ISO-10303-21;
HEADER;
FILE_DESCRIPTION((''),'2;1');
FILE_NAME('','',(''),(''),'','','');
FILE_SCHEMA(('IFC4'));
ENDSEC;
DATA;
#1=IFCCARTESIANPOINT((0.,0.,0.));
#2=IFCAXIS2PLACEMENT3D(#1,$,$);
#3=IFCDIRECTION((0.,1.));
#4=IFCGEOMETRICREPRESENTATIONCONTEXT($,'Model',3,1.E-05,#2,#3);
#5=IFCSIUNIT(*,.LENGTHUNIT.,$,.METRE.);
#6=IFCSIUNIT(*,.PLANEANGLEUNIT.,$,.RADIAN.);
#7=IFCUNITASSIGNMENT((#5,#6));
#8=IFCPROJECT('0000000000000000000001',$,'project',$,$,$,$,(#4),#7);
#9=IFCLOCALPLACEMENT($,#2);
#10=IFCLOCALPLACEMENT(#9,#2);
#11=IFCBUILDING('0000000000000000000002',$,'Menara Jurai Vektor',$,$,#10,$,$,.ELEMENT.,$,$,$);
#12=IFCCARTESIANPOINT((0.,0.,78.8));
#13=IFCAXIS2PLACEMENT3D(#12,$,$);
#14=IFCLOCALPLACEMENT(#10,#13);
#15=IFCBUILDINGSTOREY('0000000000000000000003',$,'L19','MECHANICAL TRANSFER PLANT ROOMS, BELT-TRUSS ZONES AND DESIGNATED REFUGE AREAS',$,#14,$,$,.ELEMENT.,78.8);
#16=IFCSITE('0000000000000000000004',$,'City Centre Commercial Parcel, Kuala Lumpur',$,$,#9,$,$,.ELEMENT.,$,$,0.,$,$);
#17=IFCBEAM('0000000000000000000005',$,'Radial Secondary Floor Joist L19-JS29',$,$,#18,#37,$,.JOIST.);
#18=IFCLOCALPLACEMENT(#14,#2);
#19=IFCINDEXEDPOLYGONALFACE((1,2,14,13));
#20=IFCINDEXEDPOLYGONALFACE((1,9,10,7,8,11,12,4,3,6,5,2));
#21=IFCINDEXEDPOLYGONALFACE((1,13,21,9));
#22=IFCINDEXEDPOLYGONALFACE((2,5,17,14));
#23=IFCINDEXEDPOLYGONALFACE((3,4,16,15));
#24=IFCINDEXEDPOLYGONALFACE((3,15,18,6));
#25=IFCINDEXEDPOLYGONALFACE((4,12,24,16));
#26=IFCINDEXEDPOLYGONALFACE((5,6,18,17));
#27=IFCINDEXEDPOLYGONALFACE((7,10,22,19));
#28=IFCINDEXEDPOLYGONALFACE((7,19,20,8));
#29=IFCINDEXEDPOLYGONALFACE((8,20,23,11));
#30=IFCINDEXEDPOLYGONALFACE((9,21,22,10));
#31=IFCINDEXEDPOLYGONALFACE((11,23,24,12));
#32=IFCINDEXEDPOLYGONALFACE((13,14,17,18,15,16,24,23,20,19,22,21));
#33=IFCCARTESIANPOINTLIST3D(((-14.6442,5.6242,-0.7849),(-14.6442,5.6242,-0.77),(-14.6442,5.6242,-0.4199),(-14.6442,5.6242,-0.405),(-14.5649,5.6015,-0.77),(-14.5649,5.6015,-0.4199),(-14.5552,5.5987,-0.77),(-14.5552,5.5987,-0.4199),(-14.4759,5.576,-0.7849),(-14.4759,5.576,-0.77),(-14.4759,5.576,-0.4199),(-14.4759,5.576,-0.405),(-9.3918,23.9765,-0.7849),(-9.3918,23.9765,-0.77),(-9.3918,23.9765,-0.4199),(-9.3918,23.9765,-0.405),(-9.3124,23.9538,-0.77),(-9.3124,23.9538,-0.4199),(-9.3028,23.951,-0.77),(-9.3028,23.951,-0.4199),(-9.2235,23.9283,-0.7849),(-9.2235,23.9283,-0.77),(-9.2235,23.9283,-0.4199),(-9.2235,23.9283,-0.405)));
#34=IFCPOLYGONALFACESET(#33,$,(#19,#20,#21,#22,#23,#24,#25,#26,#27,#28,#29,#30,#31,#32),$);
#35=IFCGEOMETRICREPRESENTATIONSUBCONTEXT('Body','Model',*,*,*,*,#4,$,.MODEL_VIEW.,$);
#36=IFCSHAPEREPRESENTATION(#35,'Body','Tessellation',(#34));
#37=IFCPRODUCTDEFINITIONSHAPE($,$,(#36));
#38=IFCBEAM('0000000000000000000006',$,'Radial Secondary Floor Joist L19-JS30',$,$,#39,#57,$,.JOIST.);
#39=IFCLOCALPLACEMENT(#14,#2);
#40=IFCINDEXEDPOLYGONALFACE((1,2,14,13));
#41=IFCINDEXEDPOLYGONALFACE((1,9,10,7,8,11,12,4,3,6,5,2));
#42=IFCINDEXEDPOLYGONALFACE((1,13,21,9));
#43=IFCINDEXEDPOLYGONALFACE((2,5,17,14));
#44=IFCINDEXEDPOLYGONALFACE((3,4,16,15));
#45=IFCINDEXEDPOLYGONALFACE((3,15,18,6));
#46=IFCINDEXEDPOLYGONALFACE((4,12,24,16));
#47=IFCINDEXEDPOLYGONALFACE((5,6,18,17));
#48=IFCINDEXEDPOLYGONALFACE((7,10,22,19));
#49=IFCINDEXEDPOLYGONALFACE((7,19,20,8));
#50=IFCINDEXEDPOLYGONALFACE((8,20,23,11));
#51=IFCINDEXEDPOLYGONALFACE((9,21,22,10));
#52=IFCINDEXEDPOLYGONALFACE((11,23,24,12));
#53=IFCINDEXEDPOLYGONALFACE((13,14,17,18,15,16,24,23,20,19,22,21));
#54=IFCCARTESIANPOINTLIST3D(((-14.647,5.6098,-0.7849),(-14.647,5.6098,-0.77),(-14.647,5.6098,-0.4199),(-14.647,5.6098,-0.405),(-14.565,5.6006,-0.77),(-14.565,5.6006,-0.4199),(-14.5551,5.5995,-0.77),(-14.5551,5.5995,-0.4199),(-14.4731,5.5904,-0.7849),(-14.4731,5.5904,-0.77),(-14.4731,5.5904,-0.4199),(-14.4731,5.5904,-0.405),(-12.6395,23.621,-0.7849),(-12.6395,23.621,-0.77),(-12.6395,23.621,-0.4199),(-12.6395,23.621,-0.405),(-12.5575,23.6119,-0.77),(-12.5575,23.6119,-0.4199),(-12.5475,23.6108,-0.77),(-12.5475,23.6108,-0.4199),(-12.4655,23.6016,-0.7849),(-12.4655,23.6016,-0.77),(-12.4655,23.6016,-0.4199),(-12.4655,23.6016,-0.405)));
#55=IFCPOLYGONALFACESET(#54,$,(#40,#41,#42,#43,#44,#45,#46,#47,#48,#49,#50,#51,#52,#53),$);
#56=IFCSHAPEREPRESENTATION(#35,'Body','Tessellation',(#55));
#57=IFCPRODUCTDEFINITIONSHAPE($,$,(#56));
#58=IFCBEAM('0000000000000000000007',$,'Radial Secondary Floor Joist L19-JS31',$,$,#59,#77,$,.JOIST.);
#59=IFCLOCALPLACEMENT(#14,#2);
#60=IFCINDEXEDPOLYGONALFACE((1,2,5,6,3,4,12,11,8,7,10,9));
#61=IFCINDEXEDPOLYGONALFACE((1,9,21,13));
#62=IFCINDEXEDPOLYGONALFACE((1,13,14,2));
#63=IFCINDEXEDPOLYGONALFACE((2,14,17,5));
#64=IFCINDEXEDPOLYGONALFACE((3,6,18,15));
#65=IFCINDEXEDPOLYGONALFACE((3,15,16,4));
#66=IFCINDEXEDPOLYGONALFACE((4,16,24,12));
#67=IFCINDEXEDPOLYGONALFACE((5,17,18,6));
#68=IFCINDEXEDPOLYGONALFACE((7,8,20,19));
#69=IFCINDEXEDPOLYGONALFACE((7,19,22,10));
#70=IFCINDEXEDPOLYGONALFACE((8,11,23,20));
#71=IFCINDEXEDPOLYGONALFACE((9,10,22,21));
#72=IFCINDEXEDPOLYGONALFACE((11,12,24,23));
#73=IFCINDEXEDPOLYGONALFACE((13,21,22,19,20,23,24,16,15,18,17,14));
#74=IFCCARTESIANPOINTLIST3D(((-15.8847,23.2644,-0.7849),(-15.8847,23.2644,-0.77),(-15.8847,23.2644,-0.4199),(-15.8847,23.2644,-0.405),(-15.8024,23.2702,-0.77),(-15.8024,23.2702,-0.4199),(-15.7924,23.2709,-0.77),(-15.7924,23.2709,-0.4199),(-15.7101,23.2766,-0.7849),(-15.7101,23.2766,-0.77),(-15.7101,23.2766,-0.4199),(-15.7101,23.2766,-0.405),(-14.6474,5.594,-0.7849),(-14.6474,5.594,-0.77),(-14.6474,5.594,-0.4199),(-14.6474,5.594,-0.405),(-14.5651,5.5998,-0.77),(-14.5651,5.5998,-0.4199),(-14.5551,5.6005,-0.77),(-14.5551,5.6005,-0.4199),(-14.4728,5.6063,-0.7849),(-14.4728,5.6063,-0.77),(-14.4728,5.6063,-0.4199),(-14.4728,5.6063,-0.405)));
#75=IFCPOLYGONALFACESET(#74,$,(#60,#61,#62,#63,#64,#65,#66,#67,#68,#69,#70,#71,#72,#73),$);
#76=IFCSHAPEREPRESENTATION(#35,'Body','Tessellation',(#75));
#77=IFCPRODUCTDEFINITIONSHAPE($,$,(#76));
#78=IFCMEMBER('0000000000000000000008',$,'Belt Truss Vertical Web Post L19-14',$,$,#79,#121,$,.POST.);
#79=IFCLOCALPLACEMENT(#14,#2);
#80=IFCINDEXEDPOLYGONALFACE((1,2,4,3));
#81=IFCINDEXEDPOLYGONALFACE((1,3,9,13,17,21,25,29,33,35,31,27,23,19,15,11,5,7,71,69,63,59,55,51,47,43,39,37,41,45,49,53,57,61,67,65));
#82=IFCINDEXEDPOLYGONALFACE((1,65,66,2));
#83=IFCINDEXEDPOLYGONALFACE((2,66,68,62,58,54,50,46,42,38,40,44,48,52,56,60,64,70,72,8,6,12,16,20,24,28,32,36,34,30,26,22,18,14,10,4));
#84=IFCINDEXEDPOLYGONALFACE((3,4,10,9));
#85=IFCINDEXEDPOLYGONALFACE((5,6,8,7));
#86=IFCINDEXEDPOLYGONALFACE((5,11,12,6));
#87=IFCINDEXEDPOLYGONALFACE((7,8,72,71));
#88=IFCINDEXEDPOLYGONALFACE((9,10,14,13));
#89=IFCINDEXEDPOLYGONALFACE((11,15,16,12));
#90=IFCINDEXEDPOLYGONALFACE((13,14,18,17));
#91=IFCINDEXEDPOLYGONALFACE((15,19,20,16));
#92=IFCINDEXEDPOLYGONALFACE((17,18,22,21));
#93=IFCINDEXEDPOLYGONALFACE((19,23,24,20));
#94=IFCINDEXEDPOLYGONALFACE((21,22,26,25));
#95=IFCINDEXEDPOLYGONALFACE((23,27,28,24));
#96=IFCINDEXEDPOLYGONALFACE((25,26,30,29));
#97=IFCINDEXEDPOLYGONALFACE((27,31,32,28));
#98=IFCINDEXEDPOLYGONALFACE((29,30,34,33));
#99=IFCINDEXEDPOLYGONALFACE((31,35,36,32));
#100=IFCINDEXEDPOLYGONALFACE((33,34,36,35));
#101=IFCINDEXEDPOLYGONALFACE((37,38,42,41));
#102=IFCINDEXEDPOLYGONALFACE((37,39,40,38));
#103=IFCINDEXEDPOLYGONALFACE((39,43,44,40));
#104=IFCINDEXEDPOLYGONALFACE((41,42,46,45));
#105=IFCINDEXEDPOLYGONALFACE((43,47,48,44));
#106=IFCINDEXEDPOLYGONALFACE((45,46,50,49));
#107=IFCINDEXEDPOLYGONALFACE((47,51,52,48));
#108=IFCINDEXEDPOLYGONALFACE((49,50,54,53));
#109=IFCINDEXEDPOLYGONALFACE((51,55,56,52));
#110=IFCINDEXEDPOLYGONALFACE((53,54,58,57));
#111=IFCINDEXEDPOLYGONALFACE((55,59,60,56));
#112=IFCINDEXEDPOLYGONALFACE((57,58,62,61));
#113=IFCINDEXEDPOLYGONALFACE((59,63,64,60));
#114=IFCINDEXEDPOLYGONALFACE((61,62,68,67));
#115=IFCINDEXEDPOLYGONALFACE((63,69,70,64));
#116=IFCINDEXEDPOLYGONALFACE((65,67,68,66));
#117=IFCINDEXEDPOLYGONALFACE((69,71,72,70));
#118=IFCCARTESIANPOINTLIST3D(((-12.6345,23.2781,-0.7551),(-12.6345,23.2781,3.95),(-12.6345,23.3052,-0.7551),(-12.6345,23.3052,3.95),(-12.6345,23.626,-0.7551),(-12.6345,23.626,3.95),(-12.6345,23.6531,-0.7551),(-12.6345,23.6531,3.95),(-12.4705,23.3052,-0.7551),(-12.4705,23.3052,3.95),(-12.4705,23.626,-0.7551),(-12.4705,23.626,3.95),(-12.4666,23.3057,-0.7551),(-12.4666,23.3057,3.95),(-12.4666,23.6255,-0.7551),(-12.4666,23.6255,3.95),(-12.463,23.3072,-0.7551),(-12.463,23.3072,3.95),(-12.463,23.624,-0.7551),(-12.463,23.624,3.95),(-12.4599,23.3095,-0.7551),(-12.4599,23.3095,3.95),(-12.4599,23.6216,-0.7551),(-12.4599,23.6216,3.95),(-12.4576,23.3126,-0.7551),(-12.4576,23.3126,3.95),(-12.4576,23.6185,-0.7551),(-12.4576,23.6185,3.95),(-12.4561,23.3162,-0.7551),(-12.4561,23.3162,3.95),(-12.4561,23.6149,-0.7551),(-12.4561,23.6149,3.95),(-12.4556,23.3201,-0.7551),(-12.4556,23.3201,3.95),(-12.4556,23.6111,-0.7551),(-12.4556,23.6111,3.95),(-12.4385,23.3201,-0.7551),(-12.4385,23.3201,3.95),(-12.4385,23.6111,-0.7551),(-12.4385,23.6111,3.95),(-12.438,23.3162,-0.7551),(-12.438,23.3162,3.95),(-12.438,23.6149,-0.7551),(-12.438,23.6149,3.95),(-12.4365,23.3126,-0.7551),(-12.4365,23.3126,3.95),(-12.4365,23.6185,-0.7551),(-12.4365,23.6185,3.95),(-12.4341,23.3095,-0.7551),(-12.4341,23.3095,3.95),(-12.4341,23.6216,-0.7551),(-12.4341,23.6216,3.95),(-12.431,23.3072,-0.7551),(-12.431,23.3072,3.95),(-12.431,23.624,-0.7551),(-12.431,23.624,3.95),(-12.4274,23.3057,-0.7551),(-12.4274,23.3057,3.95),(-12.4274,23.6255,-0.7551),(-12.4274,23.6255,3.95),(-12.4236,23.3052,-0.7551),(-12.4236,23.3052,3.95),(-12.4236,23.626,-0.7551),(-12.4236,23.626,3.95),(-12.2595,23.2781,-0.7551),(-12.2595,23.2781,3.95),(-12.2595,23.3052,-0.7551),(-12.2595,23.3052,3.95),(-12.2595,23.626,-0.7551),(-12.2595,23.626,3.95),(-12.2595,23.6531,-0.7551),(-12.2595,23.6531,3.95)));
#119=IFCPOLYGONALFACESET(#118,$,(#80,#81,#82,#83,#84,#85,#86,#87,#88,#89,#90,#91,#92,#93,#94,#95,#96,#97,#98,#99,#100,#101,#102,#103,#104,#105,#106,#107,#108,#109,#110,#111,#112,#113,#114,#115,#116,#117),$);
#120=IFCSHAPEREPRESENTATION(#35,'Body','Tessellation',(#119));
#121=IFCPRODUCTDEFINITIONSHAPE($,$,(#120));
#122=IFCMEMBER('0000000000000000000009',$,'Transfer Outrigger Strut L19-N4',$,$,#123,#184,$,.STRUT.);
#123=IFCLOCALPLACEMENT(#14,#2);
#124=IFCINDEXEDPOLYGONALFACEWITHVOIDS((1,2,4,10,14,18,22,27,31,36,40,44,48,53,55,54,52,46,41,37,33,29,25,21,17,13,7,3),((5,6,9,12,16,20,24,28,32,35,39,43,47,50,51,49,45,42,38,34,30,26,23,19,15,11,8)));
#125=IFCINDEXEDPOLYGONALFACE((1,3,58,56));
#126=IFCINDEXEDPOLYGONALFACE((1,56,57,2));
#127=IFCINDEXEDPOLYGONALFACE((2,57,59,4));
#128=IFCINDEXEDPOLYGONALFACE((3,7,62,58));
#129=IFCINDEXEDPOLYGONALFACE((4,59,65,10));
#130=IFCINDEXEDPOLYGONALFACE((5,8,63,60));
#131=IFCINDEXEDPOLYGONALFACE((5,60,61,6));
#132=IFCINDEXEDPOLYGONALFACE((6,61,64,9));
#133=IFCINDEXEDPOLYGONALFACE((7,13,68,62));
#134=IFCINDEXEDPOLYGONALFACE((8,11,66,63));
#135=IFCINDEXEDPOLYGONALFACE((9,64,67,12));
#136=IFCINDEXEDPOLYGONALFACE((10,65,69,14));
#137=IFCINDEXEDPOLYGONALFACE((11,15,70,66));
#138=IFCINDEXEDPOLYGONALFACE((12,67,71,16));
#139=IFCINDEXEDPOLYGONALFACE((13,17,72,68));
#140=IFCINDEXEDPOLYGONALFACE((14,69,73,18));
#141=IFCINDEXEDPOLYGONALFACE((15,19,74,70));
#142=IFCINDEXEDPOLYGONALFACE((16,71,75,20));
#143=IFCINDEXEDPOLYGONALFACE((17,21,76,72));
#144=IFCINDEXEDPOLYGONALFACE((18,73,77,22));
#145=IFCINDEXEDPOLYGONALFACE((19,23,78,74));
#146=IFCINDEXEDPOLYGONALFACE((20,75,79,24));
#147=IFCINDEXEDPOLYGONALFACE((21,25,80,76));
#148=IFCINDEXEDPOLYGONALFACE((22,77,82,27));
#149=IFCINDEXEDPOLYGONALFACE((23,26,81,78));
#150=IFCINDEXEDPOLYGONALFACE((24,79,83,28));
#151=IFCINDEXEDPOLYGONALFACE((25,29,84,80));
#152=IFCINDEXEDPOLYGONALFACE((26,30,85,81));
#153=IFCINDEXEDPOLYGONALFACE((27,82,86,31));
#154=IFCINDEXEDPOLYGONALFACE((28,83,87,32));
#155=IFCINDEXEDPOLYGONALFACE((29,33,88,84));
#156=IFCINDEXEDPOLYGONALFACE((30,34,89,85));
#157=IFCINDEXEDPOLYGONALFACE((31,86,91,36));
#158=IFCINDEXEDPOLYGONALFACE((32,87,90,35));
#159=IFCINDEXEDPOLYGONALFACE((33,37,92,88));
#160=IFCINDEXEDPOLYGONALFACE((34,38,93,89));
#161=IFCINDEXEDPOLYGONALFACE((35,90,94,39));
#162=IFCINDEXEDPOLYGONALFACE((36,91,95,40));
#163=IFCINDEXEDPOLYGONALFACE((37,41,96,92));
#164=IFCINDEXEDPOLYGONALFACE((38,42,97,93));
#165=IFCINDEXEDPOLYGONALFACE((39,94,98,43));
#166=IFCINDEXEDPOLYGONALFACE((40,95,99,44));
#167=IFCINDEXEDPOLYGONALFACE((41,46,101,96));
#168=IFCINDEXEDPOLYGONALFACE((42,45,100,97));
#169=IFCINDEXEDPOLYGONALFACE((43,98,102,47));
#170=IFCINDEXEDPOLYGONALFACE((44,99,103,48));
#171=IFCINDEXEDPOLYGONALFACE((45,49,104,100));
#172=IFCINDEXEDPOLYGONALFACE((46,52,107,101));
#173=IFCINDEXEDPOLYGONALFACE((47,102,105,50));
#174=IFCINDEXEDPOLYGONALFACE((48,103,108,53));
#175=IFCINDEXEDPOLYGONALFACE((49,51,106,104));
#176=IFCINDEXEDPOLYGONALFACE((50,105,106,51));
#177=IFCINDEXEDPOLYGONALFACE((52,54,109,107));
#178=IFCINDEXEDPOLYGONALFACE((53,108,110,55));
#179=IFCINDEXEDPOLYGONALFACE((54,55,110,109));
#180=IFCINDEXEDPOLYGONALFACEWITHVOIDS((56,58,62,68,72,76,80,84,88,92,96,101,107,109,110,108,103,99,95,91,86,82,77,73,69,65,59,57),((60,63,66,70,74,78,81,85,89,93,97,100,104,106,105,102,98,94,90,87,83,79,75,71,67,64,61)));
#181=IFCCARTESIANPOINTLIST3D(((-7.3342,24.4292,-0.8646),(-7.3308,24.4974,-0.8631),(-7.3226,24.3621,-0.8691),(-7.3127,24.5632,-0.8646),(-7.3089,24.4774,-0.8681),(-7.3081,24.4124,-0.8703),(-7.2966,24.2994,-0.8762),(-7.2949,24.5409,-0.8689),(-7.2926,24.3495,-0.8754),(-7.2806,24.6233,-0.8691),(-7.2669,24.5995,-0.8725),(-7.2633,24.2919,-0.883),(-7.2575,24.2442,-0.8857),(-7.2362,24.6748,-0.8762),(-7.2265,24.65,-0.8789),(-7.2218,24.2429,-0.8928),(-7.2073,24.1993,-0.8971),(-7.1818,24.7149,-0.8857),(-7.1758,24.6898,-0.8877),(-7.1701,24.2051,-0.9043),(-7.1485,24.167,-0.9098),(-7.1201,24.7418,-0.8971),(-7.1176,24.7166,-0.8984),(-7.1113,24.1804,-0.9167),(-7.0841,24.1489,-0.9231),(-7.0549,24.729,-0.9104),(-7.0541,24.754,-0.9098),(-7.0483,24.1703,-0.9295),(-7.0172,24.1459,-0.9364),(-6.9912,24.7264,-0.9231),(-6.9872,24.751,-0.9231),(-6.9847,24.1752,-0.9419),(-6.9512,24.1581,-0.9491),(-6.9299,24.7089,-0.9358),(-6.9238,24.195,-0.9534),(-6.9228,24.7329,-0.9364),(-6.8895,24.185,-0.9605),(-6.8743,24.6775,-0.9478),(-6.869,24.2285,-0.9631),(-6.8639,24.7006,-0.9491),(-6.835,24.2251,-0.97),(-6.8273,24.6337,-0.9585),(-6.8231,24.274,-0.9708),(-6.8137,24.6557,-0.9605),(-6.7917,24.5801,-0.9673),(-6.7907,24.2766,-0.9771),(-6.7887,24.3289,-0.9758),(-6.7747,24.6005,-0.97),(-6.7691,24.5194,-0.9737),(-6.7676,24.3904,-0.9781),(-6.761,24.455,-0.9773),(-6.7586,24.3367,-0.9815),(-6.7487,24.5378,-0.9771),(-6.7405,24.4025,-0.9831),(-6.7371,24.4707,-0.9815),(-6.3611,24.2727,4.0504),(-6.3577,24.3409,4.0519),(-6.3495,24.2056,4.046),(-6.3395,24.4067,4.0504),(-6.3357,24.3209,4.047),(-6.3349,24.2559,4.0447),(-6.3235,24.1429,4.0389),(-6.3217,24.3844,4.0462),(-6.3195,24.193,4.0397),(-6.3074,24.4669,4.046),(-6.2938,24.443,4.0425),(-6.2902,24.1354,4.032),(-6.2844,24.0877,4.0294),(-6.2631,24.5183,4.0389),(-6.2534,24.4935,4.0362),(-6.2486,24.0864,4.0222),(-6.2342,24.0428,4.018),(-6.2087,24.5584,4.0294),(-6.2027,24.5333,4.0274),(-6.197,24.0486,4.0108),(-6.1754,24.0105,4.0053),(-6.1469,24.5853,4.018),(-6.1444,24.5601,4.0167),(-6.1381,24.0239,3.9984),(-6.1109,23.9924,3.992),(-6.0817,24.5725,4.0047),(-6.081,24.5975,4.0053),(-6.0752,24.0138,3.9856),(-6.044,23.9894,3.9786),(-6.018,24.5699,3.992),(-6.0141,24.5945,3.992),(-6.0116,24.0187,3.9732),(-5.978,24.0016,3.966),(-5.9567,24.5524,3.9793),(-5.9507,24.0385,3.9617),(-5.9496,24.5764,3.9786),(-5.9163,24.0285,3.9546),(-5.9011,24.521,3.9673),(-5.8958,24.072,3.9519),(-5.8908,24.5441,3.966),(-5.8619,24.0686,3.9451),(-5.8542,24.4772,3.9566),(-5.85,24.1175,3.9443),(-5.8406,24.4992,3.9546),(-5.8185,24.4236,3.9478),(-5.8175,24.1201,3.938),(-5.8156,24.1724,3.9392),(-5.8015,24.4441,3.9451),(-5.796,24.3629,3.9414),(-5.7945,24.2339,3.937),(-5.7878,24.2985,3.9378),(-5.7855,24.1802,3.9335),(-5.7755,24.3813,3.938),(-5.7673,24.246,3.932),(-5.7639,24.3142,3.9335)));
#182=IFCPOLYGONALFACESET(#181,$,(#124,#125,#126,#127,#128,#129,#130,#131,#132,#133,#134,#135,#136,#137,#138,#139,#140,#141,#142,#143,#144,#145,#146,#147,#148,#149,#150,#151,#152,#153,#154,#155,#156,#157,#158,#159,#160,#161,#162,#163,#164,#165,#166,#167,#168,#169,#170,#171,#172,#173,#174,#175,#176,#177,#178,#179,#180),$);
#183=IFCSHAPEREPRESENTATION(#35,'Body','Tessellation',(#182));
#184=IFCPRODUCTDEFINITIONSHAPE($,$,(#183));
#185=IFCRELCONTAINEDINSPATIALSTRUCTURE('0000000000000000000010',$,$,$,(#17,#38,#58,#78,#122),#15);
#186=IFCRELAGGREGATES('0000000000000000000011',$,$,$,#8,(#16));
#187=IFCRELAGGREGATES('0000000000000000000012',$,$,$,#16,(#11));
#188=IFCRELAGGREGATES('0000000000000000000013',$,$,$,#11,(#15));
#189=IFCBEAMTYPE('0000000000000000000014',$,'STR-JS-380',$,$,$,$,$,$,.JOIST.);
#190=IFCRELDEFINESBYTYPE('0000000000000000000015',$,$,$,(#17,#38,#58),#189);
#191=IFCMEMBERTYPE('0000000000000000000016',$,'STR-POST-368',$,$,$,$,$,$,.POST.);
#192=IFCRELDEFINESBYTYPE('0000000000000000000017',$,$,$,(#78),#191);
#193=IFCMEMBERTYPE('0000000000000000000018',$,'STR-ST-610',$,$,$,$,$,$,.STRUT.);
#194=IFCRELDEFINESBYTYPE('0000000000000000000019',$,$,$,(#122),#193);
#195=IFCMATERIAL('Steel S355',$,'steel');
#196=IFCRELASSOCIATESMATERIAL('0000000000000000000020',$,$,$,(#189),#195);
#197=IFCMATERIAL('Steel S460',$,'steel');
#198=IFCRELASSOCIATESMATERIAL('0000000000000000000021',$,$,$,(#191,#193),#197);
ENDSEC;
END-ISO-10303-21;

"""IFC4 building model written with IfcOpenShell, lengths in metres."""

from ifc_helpers import new_model, si_unit, direction, frame, origin, origin_2d, place, context, subcontext, project, spatial, hollow_circle, i_section, extrude, material, material_profile, profile_set, type_object, element, save


model = new_model("IFC4")

# Units and contexts
model_context = context("Model", 3, precision=1e-05, world=origin(), true_north=direction((0.0, 1.0)))
body_context = subcontext(model_context, "Body", "Model", "MODEL_VIEW")
ifc_project = project(units=[si_unit("LENGTHUNIT", "METRE"), si_unit("PLANEANGLEUNIT", "RADIAN")], contexts=[model_context])

# Site, building, storey
site_placement = place(None, origin())
site = spatial("IfcSite", under=ifc_project, at=site_placement, Name="City Centre Commercial Parcel, Kuala Lumpur", CompositionType="ELEMENT", RefElevation=0.0)
building_placement = place(site_placement, origin())
building = spatial("IfcBuilding", under=site, at=building_placement, Name="Menara Jurai Vektor", CompositionType="ELEMENT")
storey_placement = place(building_placement, frame((0.0, 0.0, 78.8)))
storey = spatial("IfcBuildingStorey", under=building, at=storey_placement, Name="L19", Description="MECHANICAL TRANSFER PLANT ROOMS, BELT-TRUSS ZONES AND DESIGNATED REFUGE AREAS", CompositionType="ELEMENT", Elevation=78.8)

# Shared definitions
ifc_material_1 = material(Name="Steel S355", Category="steel")
ifc_material_2 = material(Name="Steel S460", Category="steel")

# Beams
ifc_material_profile_1 = material_profile(ifc_material_1, i_section(OverallWidth=0.175, OverallDepth=0.3799, WebThickness=0.01, FlangeThickness=0.0149, at=origin_2d()), Name="PG 380x175x58")
ifc_profile_set_1 = profile_set([ifc_material_profile_1], Name="Steel S355")
beam_type_1 = type_object("IfcBeamType", Name="STR-JS-380", PredefinedType="JOIST", material=ifc_profile_set_1)
beam_1_placement = place(storey_placement, frame((-9.3076, 23.9524, -0.595), z_axis=(-0.275154, -0.9614, 0.0), x_axis=(0.9614, -0.275154, 0.0)))
element("IfcBeam", 1, at=beam_1_placement, inside=storey, type_object=beam_type_1, Name="Radial Secondary Floor Joist L19-JS29", PredefinedType="JOIST", context=body_context, shape_type="SweptSolid", body=[
    extrude(i_section(OverallWidth=0.175, OverallDepth=0.3799, WebThickness=0.01, FlangeThickness=0.0149, at=origin_2d()), origin(), (0.0, 0.0, 1.0), 19.0891),
])
beam_2_placement = place(storey_placement, frame((-12.5525, 23.6113, -0.595), z_axis=(-0.110776, -0.993845, 0.0), x_axis=(0.993845, -0.110776, 0.0)))
element("IfcBeam", 2, at=beam_2_placement, inside=storey, type_object=beam_type_1, Name="Radial Secondary Floor Joist L19-JS30", PredefinedType="JOIST", context=body_context, shape_type="SweptSolid", body=[
    extrude(i_section(OverallWidth=0.175, OverallDepth=0.3799, WebThickness=0.01, FlangeThickness=0.0149, at=origin_2d()), origin(), (0.0, 0.0, 1.0), 18.1228),
])
beam_3_placement = place(storey_placement, frame((-15.7974, 23.2705, -0.595), z_axis=(0.06985, -0.997557, 0.0), x_axis=(0.997557, 0.06985, 0.0)))
element("IfcBeam", 3, at=beam_3_placement, inside=storey, type_object=beam_type_1, Name="Radial Secondary Floor Joist L19-JS31", PredefinedType="JOIST", context=body_context, shape_type="SweptSolid", body=[
    extrude(i_section(OverallWidth=0.175, OverallDepth=0.3799, WebThickness=0.01, FlangeThickness=0.0149, at=origin_2d()), origin(), (0.0, 0.0, 1.0), 17.7136),
])

# Members
ifc_material_profile_2 = material_profile(ifc_material_2, i_section(OverallWidth=0.375, OverallDepth=0.375, WebThickness=0.0171, FlangeThickness=0.0271, FilletRadius=0.0149, at=origin_2d()), Name="UKC 356x368x202")
ifc_profile_set_2 = profile_set([ifc_material_profile_2], Name="Steel S460")
member_type_1 = type_object("IfcMemberType", Name="STR-POST-368", PredefinedType="POST", material=ifc_profile_set_2)
member_1_placement = place(storey_placement, frame((-12.447, 23.4656, -0.7551), z_axis=(0.0, 0.0, 1.0), x_axis=(1.0, 0.0, 0.0)))
element("IfcMember", 4, at=member_1_placement, inside=storey, type_object=member_type_1, Name="Belt Truss Vertical Web Post L19-14", PredefinedType="POST", context=body_context, shape_type="SweptSolid", body=[
    extrude(i_section(OverallWidth=0.375, OverallDepth=0.375, WebThickness=0.0171, FlangeThickness=0.0271, FilletRadius=0.0149, at=origin_2d()), origin(), (0.0, 0.0, 1.0), 4.7051),
])
ifc_material_profile_3 = material_profile(ifc_material_2, hollow_circle(Radius=0.3049, WallThickness=0.0249, at=origin_2d()), Name="CHS 610x25")
ifc_profile_set_3 = profile_set([ifc_material_profile_3], Name="Steel S460")
member_type_2 = type_object("IfcMemberType", Name="STR-ST-610", PredefinedType="STRUT", material=ifc_profile_set_3)
member_2_placement = place(storey_placement, frame((-7.0356, 24.45, -0.9231), z_axis=(0.194128, -0.031218, 0.980479), x_axis=(0.158773, 0.987315, 0.0)))
element("IfcMember", 5, at=member_2_placement, inside=storey, type_object=member_type_2, Name="Transfer Outrigger Strut L19-N4", PredefinedType="STRUT", context=body_context, shape_type="SweptSolid", body=[
    extrude(hollow_circle(Radius=0.3049, WallThickness=0.0249, at=origin_2d()), origin(), (0.0, 0.0, 1.0), 5.0129),
])

save(model, "model.ifc")
